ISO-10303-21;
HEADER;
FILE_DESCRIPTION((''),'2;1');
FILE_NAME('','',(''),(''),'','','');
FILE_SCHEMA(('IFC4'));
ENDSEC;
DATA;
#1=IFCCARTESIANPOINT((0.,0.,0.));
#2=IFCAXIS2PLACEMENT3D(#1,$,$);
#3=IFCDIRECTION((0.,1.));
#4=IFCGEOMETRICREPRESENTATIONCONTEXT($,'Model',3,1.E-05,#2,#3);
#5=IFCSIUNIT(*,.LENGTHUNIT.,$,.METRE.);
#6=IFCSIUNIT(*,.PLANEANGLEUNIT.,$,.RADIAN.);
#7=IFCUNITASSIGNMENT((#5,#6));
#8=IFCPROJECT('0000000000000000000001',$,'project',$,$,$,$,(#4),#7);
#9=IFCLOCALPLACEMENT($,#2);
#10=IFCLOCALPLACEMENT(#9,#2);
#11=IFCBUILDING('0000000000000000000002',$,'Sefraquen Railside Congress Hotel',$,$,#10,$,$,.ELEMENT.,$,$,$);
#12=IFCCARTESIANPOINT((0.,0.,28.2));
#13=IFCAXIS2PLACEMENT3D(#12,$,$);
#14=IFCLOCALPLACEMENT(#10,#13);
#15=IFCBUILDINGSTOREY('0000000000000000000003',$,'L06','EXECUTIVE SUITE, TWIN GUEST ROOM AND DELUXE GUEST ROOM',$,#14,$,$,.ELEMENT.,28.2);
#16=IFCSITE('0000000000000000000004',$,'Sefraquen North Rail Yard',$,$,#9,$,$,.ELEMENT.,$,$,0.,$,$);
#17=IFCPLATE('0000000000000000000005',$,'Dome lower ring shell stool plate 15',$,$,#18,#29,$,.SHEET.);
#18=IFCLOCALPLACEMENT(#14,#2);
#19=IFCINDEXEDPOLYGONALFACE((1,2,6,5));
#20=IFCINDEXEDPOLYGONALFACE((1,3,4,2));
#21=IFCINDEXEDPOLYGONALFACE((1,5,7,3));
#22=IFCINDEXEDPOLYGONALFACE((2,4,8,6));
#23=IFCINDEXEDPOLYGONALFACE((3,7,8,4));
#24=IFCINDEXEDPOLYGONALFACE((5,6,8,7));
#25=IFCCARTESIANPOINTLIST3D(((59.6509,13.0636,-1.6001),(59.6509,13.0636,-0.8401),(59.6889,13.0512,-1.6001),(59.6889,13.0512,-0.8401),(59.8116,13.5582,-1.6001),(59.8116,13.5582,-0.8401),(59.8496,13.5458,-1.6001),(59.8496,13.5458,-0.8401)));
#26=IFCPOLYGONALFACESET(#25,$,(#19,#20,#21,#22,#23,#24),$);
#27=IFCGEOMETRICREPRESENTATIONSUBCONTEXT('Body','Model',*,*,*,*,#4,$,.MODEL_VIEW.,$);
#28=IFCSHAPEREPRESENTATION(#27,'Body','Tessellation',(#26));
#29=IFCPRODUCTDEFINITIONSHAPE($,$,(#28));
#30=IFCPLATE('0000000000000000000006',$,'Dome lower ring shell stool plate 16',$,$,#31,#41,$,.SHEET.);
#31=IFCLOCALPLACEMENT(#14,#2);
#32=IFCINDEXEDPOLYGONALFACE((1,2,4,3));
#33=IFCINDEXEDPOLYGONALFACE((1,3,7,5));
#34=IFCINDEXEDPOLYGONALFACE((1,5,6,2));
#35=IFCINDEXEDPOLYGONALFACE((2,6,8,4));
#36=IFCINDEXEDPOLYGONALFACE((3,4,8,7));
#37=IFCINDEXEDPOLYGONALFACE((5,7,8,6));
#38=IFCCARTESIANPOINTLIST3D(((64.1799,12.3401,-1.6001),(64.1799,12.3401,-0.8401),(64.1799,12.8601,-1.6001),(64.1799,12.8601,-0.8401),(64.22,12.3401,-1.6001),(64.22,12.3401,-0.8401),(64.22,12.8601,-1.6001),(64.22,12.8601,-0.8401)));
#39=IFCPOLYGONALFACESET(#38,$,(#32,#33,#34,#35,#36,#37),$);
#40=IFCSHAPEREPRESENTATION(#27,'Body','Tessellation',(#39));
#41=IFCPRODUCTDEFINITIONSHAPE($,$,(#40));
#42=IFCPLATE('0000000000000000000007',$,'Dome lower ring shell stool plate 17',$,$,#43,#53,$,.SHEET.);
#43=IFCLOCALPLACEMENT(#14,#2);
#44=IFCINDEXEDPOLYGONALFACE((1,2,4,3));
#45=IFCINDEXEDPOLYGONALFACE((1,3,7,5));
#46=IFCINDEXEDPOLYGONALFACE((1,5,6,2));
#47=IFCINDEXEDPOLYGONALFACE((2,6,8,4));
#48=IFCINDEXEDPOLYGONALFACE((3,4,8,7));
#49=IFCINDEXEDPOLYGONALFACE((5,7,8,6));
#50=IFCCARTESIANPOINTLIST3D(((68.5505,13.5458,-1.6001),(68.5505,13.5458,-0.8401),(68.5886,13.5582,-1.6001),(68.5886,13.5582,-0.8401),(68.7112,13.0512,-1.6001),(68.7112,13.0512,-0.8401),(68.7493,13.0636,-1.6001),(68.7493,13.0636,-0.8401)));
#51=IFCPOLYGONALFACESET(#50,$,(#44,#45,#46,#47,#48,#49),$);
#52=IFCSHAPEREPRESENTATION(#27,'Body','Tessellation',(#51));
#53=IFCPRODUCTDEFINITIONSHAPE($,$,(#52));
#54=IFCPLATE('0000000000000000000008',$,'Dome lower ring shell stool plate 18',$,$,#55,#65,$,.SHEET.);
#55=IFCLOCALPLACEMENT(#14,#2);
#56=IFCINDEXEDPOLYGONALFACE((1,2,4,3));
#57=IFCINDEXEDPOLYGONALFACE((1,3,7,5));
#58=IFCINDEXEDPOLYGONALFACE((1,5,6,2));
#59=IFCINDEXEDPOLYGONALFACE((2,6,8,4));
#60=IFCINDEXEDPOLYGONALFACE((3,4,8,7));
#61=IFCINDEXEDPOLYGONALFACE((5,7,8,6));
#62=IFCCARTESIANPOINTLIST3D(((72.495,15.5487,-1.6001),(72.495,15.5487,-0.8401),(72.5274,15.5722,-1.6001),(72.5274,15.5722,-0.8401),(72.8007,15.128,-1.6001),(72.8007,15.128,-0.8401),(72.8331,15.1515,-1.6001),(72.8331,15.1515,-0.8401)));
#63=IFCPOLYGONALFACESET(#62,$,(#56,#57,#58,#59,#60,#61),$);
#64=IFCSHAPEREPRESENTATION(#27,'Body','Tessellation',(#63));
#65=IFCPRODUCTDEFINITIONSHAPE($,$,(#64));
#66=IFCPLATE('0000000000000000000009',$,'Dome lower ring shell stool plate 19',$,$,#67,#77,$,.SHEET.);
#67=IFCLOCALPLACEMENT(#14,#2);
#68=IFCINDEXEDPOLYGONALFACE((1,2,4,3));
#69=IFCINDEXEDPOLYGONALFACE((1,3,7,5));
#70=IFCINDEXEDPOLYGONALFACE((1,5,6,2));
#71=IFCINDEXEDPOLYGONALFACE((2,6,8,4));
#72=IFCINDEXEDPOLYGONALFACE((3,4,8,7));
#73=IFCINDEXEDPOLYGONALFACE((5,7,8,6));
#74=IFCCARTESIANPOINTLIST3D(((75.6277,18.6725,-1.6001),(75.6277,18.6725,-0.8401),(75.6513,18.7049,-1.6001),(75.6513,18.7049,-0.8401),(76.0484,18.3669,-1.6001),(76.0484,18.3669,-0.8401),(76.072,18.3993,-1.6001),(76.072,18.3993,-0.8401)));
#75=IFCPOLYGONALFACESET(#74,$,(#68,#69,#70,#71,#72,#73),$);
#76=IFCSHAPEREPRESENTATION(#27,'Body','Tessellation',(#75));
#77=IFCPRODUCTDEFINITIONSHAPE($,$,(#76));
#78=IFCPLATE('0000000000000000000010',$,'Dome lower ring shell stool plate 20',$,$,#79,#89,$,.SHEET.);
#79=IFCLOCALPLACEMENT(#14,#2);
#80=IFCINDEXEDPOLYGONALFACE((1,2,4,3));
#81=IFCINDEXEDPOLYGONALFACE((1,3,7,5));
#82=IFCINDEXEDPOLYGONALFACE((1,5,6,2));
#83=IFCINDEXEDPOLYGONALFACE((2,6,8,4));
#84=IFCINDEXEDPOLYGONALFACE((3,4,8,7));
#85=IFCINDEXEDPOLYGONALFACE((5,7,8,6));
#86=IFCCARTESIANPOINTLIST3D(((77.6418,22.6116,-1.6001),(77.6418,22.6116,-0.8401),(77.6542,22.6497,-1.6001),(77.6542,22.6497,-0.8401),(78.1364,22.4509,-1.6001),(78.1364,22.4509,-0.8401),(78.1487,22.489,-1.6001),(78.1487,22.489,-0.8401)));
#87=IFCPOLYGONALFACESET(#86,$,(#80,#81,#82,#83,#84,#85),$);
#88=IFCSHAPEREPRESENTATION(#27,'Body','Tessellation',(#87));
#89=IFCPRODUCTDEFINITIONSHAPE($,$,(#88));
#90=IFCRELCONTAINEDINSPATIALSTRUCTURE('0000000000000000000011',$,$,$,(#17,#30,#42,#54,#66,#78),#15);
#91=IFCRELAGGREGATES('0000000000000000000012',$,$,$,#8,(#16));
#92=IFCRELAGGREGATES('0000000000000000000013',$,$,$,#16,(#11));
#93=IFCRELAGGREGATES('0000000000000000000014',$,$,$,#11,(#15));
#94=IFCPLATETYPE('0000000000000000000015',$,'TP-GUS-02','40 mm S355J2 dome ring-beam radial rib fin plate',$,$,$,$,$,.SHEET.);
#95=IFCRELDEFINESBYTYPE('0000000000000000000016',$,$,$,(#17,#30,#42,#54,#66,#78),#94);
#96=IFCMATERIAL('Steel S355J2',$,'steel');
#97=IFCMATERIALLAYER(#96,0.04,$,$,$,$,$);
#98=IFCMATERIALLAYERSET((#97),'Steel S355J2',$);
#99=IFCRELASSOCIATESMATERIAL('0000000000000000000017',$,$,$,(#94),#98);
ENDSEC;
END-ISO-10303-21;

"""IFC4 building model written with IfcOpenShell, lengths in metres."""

from ifc_helpers import new_model, si_unit, direction, frame, origin, origin_2d, place, context, subcontext, project, spatial, rectangle, extrude, material, layer, layer_set, type_object, element, save


model = new_model("IFC4")

# Units and contexts
model_context = context("Model", 3, precision=1e-05, world=origin(), true_north=direction((0.0, 1.0)))
body_context = subcontext(model_context, "Body", "Model", "MODEL_VIEW")
ifc_project = project(units=[si_unit("LENGTHUNIT", "METRE"), si_unit("PLANEANGLEUNIT", "RADIAN")], contexts=[model_context])

# Site, building, storey
site_placement = place(None, origin())
site = spatial("IfcSite", under=ifc_project, at=site_placement, Name="Sefraquen North Rail Yard", CompositionType="ELEMENT", RefElevation=0.0)
building_placement = place(site_placement, origin())
building = spatial("IfcBuilding", under=site, at=building_placement, Name="Sefraquen Railside Congress Hotel", CompositionType="ELEMENT")
storey_placement = place(building_placement, frame((0.0, 0.0, 28.2)))
storey = spatial("IfcBuildingStorey", under=building, at=storey_placement, Name="L06", Description="EXECUTIVE SUITE, TWIN GUEST ROOM AND DELUXE GUEST ROOM", CompositionType="ELEMENT", Elevation=28.2)

# Plates
ifc_material_1 = material(Name="Steel S355J2", Category="steel")
ifc_layer = layer(ifc_material_1, 0.04)
ifc_layer_set = layer_set([ifc_layer], Name="Steel S355J2")
plate_type = type_object("IfcPlateType", Name="TP-GUS-02", Description="40 mm S355J2 dome ring-beam radial rib fin plate", PredefinedType="SHEET", material=ifc_layer_set)
for number, where, z_axis, x_axis, name in (
    (1, (59.7502, 13.3047, -1.6001), (0.0, 0.0, 1.0), (-0.309017, -0.951057, 0.0), "Dome lower ring shell stool plate 15"),
    (2, (64.2, 12.6001, -1.6001), (0.0, 0.0, 1.0), (0.0, -1.0, 0.0), "Dome lower ring shell stool plate 16"),
    (3, (68.6499, 13.3047, -1.6001), (0.0, 0.0, 1.0), (0.309017, -0.951057, 0.0), "Dome lower ring shell stool plate 17"),
    (4, (72.6641, 15.3501, -1.6001), (0.0, 0.0, 1.0), (0.587785, -0.809017, 0.0), "Dome lower ring shell stool plate 18"),
    (5, (75.8499, 18.5359, -1.6001), (0.0, 0.0, 1.0), (0.809017, -0.587785, 0.0), "Dome lower ring shell stool plate 19"),
    (6, (77.8953, 22.5503, -1.6001), (0.0, 0.0, 1.0), (0.951057, -0.309017, 0.0), "Dome lower ring shell stool plate 20"),
):
    element("IfcPlate", number, at=place(storey_placement, frame(where, z_axis=z_axis, x_axis=x_axis)), inside=storey, type_object=plate_type, Name=name, PredefinedType="SHEET", context=body_context, shape_type="SweptSolid", body=[
        extrude(rectangle(XDim=0.52, YDim=0.04, at=origin_2d()), origin(), (0.0, 0.0, 1.0), 0.76),
    ])

save(model, "model.ifc")
